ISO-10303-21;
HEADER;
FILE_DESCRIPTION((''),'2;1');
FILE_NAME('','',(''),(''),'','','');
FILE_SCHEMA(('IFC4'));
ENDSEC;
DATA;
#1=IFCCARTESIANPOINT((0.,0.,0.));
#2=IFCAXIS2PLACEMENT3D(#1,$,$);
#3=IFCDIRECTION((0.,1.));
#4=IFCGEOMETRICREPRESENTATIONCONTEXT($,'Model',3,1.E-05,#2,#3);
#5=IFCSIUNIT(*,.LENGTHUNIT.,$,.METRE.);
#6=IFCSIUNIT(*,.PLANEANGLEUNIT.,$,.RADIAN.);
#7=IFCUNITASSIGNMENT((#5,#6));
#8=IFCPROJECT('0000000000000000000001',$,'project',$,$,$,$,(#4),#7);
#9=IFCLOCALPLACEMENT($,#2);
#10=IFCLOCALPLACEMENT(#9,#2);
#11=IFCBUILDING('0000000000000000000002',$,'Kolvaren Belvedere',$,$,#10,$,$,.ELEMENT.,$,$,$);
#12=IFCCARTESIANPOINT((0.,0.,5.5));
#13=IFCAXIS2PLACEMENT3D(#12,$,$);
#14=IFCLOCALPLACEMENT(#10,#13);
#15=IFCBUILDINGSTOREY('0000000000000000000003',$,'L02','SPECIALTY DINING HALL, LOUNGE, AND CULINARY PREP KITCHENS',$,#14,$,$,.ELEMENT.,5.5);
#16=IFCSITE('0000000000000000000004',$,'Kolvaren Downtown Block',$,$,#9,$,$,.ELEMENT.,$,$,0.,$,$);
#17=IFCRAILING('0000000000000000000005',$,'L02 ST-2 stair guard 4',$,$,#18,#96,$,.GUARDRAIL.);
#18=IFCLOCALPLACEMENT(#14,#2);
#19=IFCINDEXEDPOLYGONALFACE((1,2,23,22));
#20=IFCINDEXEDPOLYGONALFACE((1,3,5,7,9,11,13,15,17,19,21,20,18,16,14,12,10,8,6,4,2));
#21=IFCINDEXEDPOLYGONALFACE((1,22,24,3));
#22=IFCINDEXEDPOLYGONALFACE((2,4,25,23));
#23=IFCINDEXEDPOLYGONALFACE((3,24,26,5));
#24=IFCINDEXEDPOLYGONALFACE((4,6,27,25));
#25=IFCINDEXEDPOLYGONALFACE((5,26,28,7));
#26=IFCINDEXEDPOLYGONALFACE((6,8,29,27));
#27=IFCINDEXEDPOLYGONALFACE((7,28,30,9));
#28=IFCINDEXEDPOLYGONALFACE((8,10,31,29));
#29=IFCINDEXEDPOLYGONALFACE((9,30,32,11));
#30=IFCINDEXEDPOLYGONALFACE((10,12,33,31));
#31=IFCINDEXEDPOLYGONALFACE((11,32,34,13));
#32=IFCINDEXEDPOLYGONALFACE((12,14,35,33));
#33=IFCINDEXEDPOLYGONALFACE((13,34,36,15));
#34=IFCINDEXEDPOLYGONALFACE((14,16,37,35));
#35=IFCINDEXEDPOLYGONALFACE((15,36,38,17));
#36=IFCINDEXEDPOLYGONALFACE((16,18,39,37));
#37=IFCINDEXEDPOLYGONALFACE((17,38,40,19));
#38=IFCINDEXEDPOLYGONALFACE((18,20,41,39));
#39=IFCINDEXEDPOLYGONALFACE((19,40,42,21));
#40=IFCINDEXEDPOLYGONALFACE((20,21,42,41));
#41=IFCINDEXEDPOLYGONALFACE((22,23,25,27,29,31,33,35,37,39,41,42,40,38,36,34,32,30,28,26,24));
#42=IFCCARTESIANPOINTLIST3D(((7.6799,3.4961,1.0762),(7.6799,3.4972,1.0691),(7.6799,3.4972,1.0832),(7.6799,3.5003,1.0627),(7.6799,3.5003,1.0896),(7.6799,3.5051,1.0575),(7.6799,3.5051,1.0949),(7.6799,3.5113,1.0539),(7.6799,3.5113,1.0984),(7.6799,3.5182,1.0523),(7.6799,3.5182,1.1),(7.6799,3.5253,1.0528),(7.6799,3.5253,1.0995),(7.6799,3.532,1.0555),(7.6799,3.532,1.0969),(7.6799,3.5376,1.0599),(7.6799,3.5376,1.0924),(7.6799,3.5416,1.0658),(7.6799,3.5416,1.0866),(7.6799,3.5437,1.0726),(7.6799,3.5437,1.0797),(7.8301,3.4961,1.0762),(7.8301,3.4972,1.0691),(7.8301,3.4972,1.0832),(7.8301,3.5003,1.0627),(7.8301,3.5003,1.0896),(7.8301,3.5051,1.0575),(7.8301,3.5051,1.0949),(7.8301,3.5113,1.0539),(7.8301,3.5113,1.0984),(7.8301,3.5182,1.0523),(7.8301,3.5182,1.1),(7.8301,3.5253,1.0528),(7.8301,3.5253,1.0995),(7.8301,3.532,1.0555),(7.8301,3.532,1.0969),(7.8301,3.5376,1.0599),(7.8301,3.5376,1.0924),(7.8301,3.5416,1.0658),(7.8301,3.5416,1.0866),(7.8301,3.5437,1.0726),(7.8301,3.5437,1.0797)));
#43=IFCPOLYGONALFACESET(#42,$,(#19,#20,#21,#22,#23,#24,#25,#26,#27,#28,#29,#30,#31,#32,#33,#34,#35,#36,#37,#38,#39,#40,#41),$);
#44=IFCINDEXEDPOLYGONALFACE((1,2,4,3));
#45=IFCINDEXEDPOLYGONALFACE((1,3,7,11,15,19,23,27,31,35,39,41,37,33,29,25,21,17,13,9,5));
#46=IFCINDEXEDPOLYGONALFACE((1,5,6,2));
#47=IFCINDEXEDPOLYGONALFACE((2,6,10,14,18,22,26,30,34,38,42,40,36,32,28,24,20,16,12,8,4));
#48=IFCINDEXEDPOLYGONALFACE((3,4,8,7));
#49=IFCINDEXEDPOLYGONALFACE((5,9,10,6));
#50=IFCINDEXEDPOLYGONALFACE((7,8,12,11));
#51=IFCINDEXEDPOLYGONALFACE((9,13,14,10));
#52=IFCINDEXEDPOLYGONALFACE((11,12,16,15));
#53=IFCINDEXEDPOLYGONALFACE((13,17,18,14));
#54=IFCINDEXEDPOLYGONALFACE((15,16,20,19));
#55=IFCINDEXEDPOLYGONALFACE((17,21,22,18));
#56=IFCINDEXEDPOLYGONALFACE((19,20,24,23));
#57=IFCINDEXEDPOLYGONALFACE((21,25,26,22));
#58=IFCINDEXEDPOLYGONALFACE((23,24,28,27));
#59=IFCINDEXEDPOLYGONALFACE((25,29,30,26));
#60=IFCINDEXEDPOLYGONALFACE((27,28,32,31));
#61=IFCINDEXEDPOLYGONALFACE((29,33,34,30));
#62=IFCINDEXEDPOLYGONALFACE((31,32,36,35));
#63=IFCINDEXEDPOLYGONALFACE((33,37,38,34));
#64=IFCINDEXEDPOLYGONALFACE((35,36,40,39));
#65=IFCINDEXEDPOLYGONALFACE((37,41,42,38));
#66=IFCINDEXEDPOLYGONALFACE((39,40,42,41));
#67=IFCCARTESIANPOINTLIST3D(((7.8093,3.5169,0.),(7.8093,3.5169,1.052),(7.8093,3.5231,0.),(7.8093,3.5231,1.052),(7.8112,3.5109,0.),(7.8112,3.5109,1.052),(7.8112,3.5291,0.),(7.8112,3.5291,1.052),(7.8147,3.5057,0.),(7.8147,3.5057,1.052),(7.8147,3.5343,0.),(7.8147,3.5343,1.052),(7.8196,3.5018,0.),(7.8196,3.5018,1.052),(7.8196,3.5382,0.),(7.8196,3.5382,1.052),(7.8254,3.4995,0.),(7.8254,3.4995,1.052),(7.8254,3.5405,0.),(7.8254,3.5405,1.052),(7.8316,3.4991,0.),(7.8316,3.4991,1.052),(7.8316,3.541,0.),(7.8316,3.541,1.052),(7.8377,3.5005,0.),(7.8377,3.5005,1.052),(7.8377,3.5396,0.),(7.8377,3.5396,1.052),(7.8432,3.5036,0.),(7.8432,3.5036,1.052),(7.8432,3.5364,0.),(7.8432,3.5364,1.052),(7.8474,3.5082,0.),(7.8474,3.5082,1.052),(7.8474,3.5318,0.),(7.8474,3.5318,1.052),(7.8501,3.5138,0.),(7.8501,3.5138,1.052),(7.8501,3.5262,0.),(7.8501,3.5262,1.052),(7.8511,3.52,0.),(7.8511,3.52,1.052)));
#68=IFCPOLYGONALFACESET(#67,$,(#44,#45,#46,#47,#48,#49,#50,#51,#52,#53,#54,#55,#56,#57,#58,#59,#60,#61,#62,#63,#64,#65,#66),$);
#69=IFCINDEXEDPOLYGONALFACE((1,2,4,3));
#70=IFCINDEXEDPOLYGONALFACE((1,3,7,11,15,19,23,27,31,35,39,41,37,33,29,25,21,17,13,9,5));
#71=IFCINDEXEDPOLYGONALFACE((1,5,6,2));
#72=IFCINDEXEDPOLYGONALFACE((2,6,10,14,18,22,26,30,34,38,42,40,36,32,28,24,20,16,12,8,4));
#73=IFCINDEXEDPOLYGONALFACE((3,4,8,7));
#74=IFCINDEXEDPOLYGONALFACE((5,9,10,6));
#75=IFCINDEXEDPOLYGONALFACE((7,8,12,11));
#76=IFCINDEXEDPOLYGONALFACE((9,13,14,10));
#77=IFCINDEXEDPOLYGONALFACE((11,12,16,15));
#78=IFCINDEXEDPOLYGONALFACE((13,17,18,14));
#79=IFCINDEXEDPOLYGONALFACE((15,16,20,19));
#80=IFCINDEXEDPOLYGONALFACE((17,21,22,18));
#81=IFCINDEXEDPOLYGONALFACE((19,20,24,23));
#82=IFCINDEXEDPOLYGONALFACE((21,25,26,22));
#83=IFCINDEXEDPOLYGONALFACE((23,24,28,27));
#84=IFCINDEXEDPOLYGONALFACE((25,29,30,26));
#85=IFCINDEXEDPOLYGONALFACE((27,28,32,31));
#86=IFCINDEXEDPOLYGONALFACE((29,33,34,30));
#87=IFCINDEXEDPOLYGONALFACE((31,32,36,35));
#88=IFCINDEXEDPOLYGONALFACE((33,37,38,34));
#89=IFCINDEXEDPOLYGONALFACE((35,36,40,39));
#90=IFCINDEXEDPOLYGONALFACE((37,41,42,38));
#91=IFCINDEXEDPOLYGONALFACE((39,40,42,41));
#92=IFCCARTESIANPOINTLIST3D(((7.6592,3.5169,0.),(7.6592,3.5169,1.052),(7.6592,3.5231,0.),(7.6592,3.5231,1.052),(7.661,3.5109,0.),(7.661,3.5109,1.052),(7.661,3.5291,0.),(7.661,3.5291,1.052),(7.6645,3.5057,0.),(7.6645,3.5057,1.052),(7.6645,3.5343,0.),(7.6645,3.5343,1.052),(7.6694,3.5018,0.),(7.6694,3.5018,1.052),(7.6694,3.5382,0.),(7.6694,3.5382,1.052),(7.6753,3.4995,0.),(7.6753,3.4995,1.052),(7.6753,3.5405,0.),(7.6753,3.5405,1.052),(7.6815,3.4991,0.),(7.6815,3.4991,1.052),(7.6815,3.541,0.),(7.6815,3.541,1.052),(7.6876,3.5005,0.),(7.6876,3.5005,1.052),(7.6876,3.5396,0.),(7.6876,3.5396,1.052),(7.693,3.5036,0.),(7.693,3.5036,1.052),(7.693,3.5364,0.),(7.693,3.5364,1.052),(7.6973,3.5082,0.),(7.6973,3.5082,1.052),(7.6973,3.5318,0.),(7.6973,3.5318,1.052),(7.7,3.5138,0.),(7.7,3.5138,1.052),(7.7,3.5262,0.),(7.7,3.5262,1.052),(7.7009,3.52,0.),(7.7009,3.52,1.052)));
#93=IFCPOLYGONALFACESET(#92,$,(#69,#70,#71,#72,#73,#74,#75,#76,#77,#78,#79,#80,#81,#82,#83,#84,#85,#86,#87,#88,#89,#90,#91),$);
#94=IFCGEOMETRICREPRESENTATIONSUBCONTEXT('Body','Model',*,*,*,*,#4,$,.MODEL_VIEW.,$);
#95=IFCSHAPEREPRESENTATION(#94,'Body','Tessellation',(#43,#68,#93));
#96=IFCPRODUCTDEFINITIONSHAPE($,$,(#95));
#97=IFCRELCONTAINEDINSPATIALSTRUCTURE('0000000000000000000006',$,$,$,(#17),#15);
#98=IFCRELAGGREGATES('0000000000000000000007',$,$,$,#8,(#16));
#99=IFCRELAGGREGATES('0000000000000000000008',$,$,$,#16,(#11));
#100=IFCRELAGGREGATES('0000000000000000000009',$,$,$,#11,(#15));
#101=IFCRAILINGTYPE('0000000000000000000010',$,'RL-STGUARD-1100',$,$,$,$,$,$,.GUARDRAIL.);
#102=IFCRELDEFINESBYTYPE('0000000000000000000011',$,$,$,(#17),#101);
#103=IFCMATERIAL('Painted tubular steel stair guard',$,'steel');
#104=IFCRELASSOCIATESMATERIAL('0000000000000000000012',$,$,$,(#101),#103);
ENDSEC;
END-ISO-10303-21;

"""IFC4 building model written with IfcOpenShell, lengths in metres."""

from ifc_helpers import new_model, si_unit, direction, frame, origin, origin_2d, place, context, subcontext, project, spatial, circle, extrude, material, type_object, element, save


model = new_model("IFC4")

# Units and contexts
model_context = context("Model", 3, precision=1e-05, world=origin(), true_north=direction((0.0, 1.0)))
body_context = subcontext(model_context, "Body", "Model", "MODEL_VIEW")
ifc_project = project(units=[si_unit("LENGTHUNIT", "METRE"), si_unit("PLANEANGLEUNIT", "RADIAN")], contexts=[model_context])

# Site, building, storey
site_placement = place(None, origin())
site = spatial("IfcSite", under=ifc_project, at=site_placement, Name="Kolvaren Downtown Block", CompositionType="ELEMENT", RefElevation=0.0)
building_placement = place(site_placement, origin())
building = spatial("IfcBuilding", under=site, at=building_placement, Name="Kolvaren Belvedere", CompositionType="ELEMENT")
storey_placement = place(building_placement, frame((0.0, 0.0, 5.5)))
storey = spatial("IfcBuildingStorey", under=building, at=storey_placement, Name="L02", Description="SPECIALTY DINING HALL, LOUNGE, AND CULINARY PREP KITCHENS", CompositionType="ELEMENT", Elevation=5.5)

# Railing
ifc_material_1 = material(Name="Painted tubular steel stair guard", Category="steel")
railing_type_1 = type_object("IfcRailingType", Name="RL-STGUARD-1100", PredefinedType="GUARDRAIL", material=ifc_material_1)
railing_1_placement = place(storey_placement, frame((7.8301, 3.52, 0.0)))
element("IfcRailing", 1, at=railing_1_placement, inside=storey, type_object=railing_type_1, Name="L02 ST-2 stair guard 4", PredefinedType="GUARDRAIL", context=body_context, shape_type="SweptSolid", body=[
    extrude(circle(Radius=0.0239, at=origin_2d()), frame((0.0, 0.0, 1.0762), z_axis=(-1.0, 0.0, 0.0), x_axis=(0.0, -1.0, 0.0)), (0.0, 0.0, 1.0), 0.1501),
    extrude(circle(Radius=0.021, at=origin_2d()), origin(), (0.0, 0.0, 1.0), 1.052),
    extrude(circle(Radius=0.021, at=origin_2d()), frame((-0.1501, 0.0, 0.0)), (0.0, 0.0, 1.0), 1.052),
])

save(model, "model.ifc")
